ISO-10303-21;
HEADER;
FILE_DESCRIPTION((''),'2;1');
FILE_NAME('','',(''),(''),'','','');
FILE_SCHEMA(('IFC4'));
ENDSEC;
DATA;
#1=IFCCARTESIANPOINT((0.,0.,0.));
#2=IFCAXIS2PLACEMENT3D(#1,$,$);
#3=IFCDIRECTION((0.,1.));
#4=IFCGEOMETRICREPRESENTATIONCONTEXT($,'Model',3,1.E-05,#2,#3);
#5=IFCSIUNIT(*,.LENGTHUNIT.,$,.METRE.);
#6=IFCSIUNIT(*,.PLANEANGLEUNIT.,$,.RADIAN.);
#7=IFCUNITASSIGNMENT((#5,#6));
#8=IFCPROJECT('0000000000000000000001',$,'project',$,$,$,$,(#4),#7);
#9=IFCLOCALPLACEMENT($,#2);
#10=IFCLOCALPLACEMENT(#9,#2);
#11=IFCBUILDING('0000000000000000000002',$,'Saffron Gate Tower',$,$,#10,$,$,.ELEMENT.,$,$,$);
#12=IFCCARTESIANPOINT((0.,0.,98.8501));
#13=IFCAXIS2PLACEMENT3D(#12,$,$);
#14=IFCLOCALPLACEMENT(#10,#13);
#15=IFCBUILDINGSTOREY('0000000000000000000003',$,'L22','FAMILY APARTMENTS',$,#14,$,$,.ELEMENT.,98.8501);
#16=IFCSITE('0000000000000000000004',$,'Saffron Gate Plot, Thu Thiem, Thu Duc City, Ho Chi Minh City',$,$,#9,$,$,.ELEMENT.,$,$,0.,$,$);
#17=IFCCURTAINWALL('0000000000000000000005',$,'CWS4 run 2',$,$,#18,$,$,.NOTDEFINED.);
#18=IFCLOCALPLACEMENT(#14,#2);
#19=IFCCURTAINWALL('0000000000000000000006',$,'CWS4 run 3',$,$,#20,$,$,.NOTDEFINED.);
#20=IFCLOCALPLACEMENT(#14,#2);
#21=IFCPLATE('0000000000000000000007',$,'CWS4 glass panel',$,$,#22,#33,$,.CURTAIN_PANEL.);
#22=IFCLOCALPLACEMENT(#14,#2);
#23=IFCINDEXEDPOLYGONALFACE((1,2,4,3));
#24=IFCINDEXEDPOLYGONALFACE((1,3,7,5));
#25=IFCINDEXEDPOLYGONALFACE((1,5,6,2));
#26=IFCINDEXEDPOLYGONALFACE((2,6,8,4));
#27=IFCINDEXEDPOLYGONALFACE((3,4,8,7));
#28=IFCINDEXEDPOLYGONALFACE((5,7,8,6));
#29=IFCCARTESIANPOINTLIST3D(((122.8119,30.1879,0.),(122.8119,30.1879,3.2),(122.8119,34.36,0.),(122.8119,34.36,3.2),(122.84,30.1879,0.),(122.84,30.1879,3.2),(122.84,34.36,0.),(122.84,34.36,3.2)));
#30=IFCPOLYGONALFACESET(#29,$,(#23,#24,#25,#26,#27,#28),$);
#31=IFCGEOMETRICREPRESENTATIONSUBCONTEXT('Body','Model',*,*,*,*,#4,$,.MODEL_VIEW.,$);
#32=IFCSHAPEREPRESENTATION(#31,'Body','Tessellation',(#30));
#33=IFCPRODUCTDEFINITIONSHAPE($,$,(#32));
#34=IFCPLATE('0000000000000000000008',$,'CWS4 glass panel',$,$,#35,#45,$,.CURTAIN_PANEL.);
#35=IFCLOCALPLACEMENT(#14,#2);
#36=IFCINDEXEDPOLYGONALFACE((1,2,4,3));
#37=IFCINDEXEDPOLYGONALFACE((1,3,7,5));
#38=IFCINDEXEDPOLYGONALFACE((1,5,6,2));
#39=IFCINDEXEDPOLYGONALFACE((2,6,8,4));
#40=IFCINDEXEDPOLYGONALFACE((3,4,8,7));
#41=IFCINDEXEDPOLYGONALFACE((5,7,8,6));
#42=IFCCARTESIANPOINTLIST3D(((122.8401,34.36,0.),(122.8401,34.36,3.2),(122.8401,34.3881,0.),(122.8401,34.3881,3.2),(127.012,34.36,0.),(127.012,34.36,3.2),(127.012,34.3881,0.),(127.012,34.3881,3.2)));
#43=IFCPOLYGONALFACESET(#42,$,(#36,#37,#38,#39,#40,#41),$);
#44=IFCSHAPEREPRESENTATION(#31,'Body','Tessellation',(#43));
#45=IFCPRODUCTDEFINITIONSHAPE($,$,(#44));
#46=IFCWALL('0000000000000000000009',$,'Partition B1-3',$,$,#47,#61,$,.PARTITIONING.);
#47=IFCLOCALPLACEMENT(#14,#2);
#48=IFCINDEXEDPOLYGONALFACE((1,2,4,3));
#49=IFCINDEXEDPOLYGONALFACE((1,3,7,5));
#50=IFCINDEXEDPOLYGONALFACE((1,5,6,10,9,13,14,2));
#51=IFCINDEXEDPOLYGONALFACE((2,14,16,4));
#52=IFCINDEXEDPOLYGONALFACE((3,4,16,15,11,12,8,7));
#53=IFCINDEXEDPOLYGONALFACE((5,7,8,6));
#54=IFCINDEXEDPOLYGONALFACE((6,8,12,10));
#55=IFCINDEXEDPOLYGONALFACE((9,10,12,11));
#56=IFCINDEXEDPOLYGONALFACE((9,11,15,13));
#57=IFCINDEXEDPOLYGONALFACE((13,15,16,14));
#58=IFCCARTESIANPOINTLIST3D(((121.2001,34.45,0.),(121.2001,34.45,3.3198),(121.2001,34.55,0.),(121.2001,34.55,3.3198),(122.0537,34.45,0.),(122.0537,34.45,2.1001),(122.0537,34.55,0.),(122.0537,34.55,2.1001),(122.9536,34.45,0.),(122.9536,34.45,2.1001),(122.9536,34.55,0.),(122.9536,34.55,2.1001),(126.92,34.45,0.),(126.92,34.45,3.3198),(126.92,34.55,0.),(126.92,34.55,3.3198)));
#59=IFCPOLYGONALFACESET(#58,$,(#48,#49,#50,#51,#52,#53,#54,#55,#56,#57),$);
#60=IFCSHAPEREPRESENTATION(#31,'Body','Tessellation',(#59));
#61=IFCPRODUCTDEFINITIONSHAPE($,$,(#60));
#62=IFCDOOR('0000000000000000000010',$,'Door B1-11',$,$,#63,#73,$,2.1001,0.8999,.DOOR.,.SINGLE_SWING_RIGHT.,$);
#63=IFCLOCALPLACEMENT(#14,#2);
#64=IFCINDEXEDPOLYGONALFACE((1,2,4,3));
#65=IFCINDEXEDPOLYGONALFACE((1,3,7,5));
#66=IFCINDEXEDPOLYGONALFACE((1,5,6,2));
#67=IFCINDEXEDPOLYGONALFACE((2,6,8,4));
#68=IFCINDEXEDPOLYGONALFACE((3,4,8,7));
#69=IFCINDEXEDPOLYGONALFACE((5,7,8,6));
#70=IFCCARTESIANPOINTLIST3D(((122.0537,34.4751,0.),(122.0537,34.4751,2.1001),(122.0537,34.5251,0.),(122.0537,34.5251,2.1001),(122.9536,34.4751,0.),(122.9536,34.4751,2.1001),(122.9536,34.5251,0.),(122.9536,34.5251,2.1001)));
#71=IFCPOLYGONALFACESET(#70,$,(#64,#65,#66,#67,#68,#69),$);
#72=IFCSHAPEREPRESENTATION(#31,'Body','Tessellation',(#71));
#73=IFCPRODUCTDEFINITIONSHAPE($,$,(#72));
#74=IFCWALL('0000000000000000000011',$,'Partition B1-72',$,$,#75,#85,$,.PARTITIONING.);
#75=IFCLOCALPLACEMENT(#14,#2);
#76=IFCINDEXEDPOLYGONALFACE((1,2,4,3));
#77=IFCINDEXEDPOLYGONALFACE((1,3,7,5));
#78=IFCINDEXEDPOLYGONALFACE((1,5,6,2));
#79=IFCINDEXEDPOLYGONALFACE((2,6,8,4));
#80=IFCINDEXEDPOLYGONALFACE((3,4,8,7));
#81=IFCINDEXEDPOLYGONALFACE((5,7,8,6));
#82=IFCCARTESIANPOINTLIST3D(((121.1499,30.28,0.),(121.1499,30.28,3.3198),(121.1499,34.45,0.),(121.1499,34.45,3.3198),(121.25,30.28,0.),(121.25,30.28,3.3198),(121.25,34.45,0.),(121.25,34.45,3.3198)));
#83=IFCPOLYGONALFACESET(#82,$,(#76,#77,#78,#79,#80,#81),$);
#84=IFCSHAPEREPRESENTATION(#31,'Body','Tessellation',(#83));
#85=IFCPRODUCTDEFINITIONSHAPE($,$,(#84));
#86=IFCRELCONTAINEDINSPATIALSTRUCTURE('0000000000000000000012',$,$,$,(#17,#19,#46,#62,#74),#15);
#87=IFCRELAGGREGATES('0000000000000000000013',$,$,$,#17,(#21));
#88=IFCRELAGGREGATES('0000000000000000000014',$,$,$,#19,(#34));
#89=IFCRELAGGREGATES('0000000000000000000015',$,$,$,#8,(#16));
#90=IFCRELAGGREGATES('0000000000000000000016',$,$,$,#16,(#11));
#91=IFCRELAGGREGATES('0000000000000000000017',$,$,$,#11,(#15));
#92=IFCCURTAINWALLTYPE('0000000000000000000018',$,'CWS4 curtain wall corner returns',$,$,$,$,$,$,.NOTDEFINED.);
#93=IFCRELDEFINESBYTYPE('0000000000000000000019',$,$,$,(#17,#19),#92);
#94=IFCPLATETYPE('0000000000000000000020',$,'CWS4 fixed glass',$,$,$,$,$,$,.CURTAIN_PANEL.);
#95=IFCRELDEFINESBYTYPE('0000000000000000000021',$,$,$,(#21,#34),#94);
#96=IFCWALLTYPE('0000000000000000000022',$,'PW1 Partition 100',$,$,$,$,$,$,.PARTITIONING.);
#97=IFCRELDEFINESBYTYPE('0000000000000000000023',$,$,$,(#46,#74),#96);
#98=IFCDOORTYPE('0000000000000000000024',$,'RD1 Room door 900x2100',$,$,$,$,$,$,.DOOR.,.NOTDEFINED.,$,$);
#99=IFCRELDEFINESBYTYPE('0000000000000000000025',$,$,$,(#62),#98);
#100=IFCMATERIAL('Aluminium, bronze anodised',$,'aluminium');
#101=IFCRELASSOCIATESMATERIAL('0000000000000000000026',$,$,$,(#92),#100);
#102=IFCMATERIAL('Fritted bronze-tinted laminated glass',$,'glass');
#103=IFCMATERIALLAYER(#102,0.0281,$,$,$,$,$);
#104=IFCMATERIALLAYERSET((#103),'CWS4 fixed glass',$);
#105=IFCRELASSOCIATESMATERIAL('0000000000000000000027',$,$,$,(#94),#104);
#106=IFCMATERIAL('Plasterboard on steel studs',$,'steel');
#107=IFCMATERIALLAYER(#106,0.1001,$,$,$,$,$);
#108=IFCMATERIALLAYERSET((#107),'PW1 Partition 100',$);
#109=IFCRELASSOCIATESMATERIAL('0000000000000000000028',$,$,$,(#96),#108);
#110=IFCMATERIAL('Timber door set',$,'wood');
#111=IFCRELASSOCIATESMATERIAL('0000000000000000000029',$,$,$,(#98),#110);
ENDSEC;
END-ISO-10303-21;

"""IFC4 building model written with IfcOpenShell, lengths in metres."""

from ifc_helpers import new_model, si_unit, direction, frame, frame_2d, origin, place, context, subcontext, project, spatial, rectangle, extrude, material, layer, layer_set, type_object, element, fill, aggregate, save


model = new_model("IFC4")

# Units and contexts
model_context = context("Model", 3, precision=1e-05, world=origin(), true_north=direction((0.0, 1.0)))
body_context = subcontext(model_context, "Body", "Model", "MODEL_VIEW")
ifc_project = project(units=[si_unit("LENGTHUNIT", "METRE"), si_unit("PLANEANGLEUNIT", "RADIAN")], contexts=[model_context])

# Site, building, storey
site_placement = place(None, origin())
site = spatial("IfcSite", under=ifc_project, at=site_placement, Name="Saffron Gate Plot, Thu Thiem, Thu Duc City, Ho Chi Minh City", CompositionType="ELEMENT", RefElevation=0.0)
building_placement = place(site_placement, origin())
building = spatial("IfcBuilding", under=site, at=building_placement, Name="Saffron Gate Tower", CompositionType="ELEMENT")
storey_placement = place(building_placement, frame((0.0, 0.0, 98.8501)))
storey = spatial("IfcBuildingStorey", under=building, at=storey_placement, Name="L22", Description="FAMILY APARTMENTS", CompositionType="ELEMENT", Elevation=98.8501)

# Curtain walls
ifc_material_1 = material(Name="Aluminium, bronze anodised", Category="aluminium")
curtain_wall_type_1 = type_object("IfcCurtainWallType", Name="CWS4 curtain wall corner returns", PredefinedType="NOTDEFINED", material=ifc_material_1)
curtain_wall_1_placement = place(storey_placement, origin())
curtain_wall_1 = element("IfcCurtainWall", 1, at=curtain_wall_1_placement, inside=storey, type_object=curtain_wall_type_1, Name="CWS4 run 2", PredefinedType="NOTDEFINED")
curtain_wall_2_placement = place(storey_placement, origin())
curtain_wall_2 = element("IfcCurtainWall", 2, at=curtain_wall_2_placement, inside=storey, type_object=curtain_wall_type_1, Name="CWS4 run 3", PredefinedType="NOTDEFINED")

# Shared definitions
ifc_material_2 = material(Name="Fritted bronze-tinted laminated glass", Category="glass")

# Plates
ifc_layer_1 = layer(ifc_material_2, 0.0281)
ifc_layer_set_1 = layer_set([ifc_layer_1], Name="CWS4 fixed glass")
plate_type_1 = type_object("IfcPlateType", Name="CWS4 fixed glass", PredefinedType="CURTAIN_PANEL", material=ifc_layer_set_1)
plate_1_placement = place(storey_placement, frame((122.8259, 30.188, 0.0), z_axis=(0.0, 0.0, 1.0), x_axis=(0.0, 1.0, 0.0)))
plate_1 = element("IfcPlate", 3, at=plate_1_placement, type_object=plate_type_1, Name="CWS4 glass panel", PredefinedType="CURTAIN_PANEL", context=body_context, shape_type="SweptSolid", body=[
    extrude(rectangle(XDim=4.1721, YDim=0.0281, at=frame_2d((2.0859, 0.0))), origin(), (0.0, 0.0, 1.0), 3.2),
])
aggregate(curtain_wall_1, [plate_1])
plate_2_placement = place(storey_placement, frame((122.8401, 34.374, 0.0), z_axis=(0.0, 0.0, 1.0), x_axis=(1.0, 0.0, 0.0)))
plate_2 = element("IfcPlate", 4, at=plate_2_placement, type_object=plate_type_1, Name="CWS4 glass panel", PredefinedType="CURTAIN_PANEL", context=body_context, shape_type="SweptSolid", body=[
    extrude(rectangle(XDim=4.1719, YDim=0.0281, at=frame_2d((2.0859, 0.0))), origin(), (0.0, 0.0, 1.0), 3.2),
])
aggregate(curtain_wall_2, [plate_2])

# Wall, opening, door
ifc_material_3 = material(Name="Plasterboard on steel studs", Category="steel")
ifc_layer_2 = layer(ifc_material_3, 0.1001)
ifc_layer_set_2 = layer_set([ifc_layer_2], Name="PW1 Partition 100")
wall_type = type_object("IfcWallType", Name="PW1 Partition 100", PredefinedType="PARTITIONING", material=ifc_layer_set_2)
wall_1_placement = place(storey_placement, frame((126.9199, 34.5, 0.0), z_axis=(0.0, 0.0, 1.0), x_axis=(-1.0, 0.0, 0.0)))
wall_1 = element("IfcWall", 5, at=wall_1_placement, inside=storey, type_object=wall_type, Name="Partition B1-3", PredefinedType="PARTITIONING", context=body_context, shape_type="SweptSolid", body=[
    extrude(rectangle(XDim=5.72, YDim=0.1001, at=frame_2d((2.8599, 0.0))), origin(), (0.0, 0.0, 1.0), 3.3198),
])
opening_1_placement = place(wall_1_placement, frame((3.9663, 0.0, 0.0)))
opening_1 = element("IfcOpeningElement", 6, at=opening_1_placement, cuts=wall_1, PredefinedType="OPENING", context=body_context, shape_type="SweptSolid", body=[
    extrude(rectangle(XDim=0.8999, YDim=2.1001, at=frame_2d((0.45, 1.05))), frame((0.0, 0.0601, 0.0), z_axis=(0.0, -1.0, 0.0), x_axis=(1.0, 0.0, 0.0)), (0.0, 0.0, 1.0), 0.1201),
])
ifc_material_4 = material(Name="Timber door set", Category="wood")
door_type = type_object("IfcDoorType", Name="RD1 Room door 900x2100", OperationType="NOTDEFINED", PredefinedType="DOOR", material=ifc_material_4)
door_placement = place(opening_1_placement, origin())
door = element("IfcDoor", 7, at=door_placement, inside=storey, type_object=door_type, Name="Door B1-11", OperationType="SINGLE_SWING_RIGHT", OverallHeight=2.1001, OverallWidth=0.8999, PredefinedType="DOOR", context=body_context, shape_type="SweptSolid", body=[
    extrude(rectangle(XDim=0.8999, YDim=2.1001, at=frame_2d((0.45, 1.05))), frame((0.0, 0.0249, 0.0), z_axis=(0.0, -1.0, 0.0), x_axis=(1.0, 0.0, 0.0)), (0.0, 0.0, 1.0), 0.05),
])
fill(opening_1, door)

# Wall
wall_2_placement = place(storey_placement, frame((121.2, 34.45, 0.0), z_axis=(0.0, 0.0, 1.0), x_axis=(0.0, -1.0, 0.0)))
element("IfcWall", 8, at=wall_2_placement, inside=storey, type_object=wall_type, Name="Partition B1-72", PredefinedType="PARTITIONING", context=body_context, shape_type="SweptSolid", body=[
    extrude(rectangle(XDim=4.1699, YDim=0.1001, at=frame_2d((2.085, 0.0))), origin(), (0.0, 0.0, 1.0), 3.3198),
])

save(model, "model.ifc")
